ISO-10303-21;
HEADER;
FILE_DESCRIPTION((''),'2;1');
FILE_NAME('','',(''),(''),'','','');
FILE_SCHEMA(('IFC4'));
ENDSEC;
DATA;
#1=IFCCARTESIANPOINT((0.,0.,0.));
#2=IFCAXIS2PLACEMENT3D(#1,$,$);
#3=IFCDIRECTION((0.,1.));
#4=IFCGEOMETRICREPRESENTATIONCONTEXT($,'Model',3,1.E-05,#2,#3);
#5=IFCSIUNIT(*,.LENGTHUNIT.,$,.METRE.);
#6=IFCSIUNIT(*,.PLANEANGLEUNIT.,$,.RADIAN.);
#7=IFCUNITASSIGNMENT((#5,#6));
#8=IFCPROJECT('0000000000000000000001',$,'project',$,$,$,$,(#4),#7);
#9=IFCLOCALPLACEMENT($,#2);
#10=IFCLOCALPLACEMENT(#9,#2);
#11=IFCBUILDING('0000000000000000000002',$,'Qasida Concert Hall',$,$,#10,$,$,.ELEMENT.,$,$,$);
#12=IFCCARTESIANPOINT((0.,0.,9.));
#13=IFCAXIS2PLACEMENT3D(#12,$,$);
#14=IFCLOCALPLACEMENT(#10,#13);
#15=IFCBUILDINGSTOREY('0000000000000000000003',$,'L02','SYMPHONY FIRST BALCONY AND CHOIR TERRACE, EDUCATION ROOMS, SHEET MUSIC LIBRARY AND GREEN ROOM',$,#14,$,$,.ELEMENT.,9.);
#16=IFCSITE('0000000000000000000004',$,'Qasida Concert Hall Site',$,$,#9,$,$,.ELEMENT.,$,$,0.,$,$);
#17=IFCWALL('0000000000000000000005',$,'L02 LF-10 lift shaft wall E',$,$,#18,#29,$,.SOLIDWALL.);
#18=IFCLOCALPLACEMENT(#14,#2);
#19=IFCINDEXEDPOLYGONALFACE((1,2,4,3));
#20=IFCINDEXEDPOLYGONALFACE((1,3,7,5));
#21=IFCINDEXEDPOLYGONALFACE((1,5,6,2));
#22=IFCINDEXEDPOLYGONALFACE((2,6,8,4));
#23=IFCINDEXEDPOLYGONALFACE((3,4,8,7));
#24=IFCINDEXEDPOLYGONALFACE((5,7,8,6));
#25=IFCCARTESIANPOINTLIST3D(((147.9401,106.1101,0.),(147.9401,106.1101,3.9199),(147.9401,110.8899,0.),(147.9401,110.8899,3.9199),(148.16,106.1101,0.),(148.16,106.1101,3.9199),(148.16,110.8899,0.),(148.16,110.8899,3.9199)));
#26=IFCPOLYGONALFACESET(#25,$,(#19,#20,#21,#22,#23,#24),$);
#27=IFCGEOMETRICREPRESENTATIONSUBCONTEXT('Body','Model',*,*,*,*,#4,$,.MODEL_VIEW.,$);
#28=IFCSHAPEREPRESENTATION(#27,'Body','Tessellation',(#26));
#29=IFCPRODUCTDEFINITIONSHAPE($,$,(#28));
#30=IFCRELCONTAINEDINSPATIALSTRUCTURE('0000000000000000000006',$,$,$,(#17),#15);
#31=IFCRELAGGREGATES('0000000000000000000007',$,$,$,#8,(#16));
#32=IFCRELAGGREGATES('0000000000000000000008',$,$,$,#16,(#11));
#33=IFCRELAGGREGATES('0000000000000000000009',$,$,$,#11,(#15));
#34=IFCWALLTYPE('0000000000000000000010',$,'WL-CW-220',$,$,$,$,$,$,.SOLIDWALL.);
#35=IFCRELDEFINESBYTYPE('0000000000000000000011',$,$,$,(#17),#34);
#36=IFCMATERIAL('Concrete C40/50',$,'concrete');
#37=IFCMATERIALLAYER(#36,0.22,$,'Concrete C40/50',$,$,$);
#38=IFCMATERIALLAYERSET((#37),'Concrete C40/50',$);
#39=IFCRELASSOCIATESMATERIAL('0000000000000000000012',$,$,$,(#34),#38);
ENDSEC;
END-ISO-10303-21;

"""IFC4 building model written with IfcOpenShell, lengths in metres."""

from ifc_helpers import new_model, si_unit, direction, frame, frame_2d, origin, place, context, subcontext, project, spatial, rectangle, extrude, material, layer, layer_set, type_object, element, save


model = new_model("IFC4")

# Units and contexts
model_context = context("Model", 3, precision=1e-05, world=origin(), true_north=direction((0.0, 1.0)))
body_context = subcontext(model_context, "Body", "Model", "MODEL_VIEW")
ifc_project = project(units=[si_unit("LENGTHUNIT", "METRE"), si_unit("PLANEANGLEUNIT", "RADIAN")], contexts=[model_context])

# Site, building, storey
site_placement = place(None, origin())
site = spatial("IfcSite", under=ifc_project, at=site_placement, Name="Qasida Concert Hall Site", CompositionType="ELEMENT", RefElevation=0.0)
building_placement = place(site_placement, origin())
building = spatial("IfcBuilding", under=site, at=building_placement, Name="Qasida Concert Hall", CompositionType="ELEMENT")
storey_placement = place(building_placement, frame((0.0, 0.0, 9.0)))
storey = spatial("IfcBuildingStorey", under=building, at=storey_placement, Name="L02", Description="SYMPHONY FIRST BALCONY AND CHOIR TERRACE, EDUCATION ROOMS, SHEET MUSIC LIBRARY AND GREEN ROOM", CompositionType="ELEMENT", Elevation=9.0)

# Wall
ifc_material_1 = material(Name="Concrete C40/50", Category="concrete")
ifc_layer_1 = layer(ifc_material_1, 0.22, Name="Concrete C40/50")
ifc_layer_set_1 = layer_set([ifc_layer_1], Name="Concrete C40/50")
wall_type = type_object("IfcWallType", Name="WL-CW-220", PredefinedType="SOLIDWALL", material=ifc_layer_set_1)
wall_placement = place(storey_placement, frame((148.05, 106.1101, 0.0), z_axis=(0.0, 0.0, 1.0), x_axis=(0.0, 1.0, 0.0)))
element("IfcWall", 1, at=wall_placement, inside=storey, type_object=wall_type, Name="L02 LF-10 lift shaft wall E", PredefinedType="SOLIDWALL", context=body_context, shape_type="SweptSolid", body=[
    extrude(rectangle(XDim=4.7798, YDim=0.22, at=frame_2d((2.3899, 0.0))), origin(), (0.0, 0.0, 1.0), 3.9199),
])

save(model, "model.ifc")
